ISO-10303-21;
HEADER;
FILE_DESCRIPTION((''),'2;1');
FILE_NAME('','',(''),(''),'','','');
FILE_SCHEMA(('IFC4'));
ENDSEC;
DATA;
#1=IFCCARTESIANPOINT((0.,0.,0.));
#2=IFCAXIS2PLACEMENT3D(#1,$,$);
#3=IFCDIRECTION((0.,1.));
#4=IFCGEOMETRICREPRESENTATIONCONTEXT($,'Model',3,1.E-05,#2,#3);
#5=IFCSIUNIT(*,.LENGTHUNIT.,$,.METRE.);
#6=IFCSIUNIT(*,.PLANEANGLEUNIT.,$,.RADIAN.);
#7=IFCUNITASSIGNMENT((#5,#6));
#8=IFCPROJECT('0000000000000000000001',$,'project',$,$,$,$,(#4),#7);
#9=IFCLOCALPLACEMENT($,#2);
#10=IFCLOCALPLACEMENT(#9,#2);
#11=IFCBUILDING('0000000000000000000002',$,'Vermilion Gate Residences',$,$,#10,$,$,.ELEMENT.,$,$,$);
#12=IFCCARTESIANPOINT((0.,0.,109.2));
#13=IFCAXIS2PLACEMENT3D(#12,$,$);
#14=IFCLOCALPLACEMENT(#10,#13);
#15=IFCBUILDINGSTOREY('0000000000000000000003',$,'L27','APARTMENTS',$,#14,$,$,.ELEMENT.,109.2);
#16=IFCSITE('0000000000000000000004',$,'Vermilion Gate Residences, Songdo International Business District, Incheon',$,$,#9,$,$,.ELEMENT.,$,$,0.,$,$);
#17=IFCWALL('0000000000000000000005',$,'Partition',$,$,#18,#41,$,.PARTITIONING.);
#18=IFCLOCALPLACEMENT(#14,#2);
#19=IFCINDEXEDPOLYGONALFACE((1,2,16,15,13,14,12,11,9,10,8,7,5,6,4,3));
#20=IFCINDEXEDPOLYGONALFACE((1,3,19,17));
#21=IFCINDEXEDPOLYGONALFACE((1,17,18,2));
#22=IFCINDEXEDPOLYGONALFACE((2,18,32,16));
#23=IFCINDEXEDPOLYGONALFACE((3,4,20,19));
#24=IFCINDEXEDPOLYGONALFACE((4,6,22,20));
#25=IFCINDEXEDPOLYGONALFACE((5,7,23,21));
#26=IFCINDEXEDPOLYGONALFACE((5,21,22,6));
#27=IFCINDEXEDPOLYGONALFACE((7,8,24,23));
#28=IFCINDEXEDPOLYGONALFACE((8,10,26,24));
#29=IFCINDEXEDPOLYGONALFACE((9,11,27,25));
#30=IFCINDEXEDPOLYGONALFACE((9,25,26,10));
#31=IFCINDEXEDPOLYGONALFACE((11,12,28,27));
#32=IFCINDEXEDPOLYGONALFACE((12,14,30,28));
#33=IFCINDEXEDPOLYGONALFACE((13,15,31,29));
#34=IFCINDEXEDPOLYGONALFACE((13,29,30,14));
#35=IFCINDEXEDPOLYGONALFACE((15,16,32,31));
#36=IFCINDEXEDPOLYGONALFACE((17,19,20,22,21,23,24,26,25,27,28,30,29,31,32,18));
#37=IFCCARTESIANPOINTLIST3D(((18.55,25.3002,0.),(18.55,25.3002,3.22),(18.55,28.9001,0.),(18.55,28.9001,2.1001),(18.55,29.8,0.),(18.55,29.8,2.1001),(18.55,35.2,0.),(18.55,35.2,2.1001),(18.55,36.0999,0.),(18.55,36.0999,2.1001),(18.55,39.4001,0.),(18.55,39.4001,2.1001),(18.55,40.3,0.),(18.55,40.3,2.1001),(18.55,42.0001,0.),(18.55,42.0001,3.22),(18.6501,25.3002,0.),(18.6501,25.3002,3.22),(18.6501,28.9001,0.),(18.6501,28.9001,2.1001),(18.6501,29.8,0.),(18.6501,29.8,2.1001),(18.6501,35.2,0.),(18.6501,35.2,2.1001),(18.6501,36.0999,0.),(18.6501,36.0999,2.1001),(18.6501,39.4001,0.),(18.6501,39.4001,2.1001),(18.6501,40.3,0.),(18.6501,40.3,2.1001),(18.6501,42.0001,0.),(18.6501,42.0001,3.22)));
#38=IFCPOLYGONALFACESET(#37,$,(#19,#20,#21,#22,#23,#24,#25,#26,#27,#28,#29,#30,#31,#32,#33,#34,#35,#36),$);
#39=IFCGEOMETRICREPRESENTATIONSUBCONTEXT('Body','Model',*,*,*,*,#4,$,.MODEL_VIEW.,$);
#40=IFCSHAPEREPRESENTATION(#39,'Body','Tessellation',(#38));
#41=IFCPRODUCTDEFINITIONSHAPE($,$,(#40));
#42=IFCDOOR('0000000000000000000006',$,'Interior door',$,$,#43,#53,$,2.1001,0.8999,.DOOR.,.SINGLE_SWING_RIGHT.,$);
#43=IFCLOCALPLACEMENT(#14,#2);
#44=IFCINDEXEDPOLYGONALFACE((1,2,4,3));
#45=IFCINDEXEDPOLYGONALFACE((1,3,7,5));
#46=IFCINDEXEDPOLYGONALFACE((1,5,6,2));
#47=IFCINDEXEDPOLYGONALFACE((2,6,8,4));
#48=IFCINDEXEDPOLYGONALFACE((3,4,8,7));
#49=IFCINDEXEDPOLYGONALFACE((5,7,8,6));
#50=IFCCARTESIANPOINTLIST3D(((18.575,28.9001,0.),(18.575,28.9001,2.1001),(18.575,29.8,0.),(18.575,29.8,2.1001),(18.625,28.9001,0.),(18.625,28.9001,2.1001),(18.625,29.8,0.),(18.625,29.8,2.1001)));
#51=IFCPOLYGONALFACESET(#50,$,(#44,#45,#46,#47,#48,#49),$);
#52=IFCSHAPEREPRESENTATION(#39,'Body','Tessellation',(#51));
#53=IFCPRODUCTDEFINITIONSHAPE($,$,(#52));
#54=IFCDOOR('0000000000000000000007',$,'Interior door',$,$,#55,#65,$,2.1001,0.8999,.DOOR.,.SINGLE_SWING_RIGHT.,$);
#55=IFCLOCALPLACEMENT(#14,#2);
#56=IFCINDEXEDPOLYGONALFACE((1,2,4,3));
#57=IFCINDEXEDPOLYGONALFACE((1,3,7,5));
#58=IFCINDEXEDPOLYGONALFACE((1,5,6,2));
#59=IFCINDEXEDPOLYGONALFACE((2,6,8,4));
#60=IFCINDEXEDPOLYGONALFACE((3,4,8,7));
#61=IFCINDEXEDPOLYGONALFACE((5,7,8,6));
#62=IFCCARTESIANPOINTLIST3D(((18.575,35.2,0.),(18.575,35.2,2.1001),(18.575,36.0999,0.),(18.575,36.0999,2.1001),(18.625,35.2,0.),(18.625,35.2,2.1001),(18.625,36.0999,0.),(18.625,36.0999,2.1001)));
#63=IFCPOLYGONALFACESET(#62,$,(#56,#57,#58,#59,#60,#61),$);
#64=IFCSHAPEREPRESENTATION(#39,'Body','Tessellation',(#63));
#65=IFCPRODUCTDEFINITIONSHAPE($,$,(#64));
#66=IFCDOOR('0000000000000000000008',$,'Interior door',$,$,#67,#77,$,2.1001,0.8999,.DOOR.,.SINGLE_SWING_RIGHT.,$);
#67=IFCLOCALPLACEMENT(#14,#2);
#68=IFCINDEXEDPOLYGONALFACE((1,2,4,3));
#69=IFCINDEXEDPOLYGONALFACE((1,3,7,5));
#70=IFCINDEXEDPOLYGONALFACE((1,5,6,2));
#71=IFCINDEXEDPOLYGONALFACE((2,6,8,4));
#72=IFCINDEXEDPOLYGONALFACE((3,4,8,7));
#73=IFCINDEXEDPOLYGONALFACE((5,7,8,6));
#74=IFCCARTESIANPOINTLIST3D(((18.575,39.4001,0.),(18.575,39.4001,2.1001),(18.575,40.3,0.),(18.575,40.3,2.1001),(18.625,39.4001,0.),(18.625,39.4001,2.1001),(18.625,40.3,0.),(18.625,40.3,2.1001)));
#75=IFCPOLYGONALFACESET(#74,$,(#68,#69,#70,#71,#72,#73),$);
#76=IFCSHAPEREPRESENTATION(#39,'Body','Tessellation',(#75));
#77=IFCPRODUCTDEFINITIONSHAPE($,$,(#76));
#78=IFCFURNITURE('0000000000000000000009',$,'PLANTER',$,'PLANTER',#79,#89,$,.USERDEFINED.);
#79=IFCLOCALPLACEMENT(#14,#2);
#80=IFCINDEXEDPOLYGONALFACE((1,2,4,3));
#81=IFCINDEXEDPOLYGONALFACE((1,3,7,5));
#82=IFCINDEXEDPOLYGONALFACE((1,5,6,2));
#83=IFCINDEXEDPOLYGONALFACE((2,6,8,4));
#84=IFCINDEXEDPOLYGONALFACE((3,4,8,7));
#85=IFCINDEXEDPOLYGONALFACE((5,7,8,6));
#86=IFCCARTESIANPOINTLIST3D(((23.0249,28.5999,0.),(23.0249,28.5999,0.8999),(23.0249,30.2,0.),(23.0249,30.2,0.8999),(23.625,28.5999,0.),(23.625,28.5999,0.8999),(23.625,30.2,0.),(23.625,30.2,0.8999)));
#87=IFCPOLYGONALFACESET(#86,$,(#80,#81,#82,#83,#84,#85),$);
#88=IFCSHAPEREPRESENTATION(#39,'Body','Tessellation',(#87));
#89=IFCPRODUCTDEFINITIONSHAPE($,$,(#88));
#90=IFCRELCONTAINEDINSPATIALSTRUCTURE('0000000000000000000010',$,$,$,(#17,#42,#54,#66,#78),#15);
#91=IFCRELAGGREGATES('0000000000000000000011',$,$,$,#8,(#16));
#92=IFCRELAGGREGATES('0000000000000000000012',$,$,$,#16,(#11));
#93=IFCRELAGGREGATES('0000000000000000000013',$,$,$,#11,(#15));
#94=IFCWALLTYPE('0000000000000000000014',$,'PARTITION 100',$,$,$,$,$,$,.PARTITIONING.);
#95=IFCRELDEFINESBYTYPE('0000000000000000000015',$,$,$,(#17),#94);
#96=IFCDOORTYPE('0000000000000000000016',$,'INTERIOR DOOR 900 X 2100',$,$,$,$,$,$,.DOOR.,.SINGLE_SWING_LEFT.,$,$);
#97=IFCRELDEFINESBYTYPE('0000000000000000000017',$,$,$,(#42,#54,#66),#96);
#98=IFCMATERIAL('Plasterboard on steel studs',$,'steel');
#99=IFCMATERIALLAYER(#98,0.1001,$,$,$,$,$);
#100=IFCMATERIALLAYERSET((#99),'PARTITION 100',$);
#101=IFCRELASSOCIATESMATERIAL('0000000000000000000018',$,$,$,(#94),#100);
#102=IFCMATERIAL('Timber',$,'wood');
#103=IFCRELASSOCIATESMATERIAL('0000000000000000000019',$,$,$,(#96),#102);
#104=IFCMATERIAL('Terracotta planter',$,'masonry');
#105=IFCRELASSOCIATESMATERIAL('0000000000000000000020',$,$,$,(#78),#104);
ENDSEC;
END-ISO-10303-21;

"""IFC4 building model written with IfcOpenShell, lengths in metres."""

from ifc_helpers import new_model, si_unit, direction, frame, frame_2d, origin, origin_2d, place, context, subcontext, project, spatial, rectangle, extrude, material, layer, layer_set, type_object, element, fill, save


model = new_model("IFC4")

# Units and contexts
model_context = context("Model", 3, precision=1e-05, world=origin(), true_north=direction((0.0, 1.0)))
body_context = subcontext(model_context, "Body", "Model", "MODEL_VIEW")
ifc_project = project(units=[si_unit("LENGTHUNIT", "METRE"), si_unit("PLANEANGLEUNIT", "RADIAN")], contexts=[model_context])

# Site, building, storey
site_placement = place(None, origin())
site = spatial("IfcSite", under=ifc_project, at=site_placement, Name="Vermilion Gate Residences, Songdo International Business District, Incheon", CompositionType="ELEMENT", RefElevation=0.0)
building_placement = place(site_placement, origin())
building = spatial("IfcBuilding", under=site, at=building_placement, Name="Vermilion Gate Residences", CompositionType="ELEMENT")
storey_placement = place(building_placement, frame((0.0, 0.0, 109.2)))
storey = spatial("IfcBuildingStorey", under=building, at=storey_placement, Name="L27", Description="APARTMENTS", CompositionType="ELEMENT", Elevation=109.2)

# Shared definitions
ifc_material_1 = material(Name="Plasterboard on steel studs", Category="steel")
ifc_layer = layer(ifc_material_1, 0.1001)
ifc_layer_set = layer_set([ifc_layer], Name="PARTITION 100")
wall_type = type_object("IfcWallType", Name="PARTITION 100", PredefinedType="PARTITIONING", material=ifc_layer_set)

# Wall, openings, doors
ifc_material_2 = material(Name="Timber", Category="wood")
door_type = type_object("IfcDoorType", Name="INTERIOR DOOR 900 X 2100", OperationType="SINGLE_SWING_LEFT", PredefinedType="DOOR", material=ifc_material_2)
wall_1_placement = place(storey_placement, frame((18.6001, 25.3, 0.0), z_axis=(0.0, 0.0, 1.0), x_axis=(0.0, 1.0, 0.0)))
wall_1 = element("IfcWall", 1, at=wall_1_placement, inside=storey, type_object=wall_type, Name="Partition", PredefinedType="PARTITIONING", context=body_context, shape_type="SweptSolid", body=[
    extrude(rectangle(XDim=16.7, YDim=0.1001, at=frame_2d((8.3501, 0.0))), origin(), (0.0, 0.0, 1.0), 3.22),
])
opening_1_placement = place(wall_1_placement, frame((3.6001, 0.0, 0.0)))
opening_1 = element("IfcOpeningElement", 2, at=opening_1_placement, cuts=wall_1, PredefinedType="OPENING", context=body_context, shape_type="SweptSolid", body=[
    extrude(rectangle(XDim=0.8999, YDim=2.1001, at=frame_2d((0.45, 1.05))), frame((0.0, 0.0601, 0.0), z_axis=(0.0, -1.0, 0.0), x_axis=(1.0, 0.0, 0.0)), (0.0, 0.0, 1.0), 0.1201),
])
opening_2_placement = place(wall_1_placement, frame((9.8999, 0.0, 0.0)))
opening_2 = element("IfcOpeningElement", 3, at=opening_2_placement, cuts=wall_1, PredefinedType="OPENING", context=body_context, shape_type="SweptSolid", body=[
    extrude(rectangle(XDim=0.8999, YDim=2.1001, at=frame_2d((0.45, 1.05))), frame((0.0, 0.0601, 0.0), z_axis=(0.0, -1.0, 0.0), x_axis=(1.0, 0.0, 0.0)), (0.0, 0.0, 1.0), 0.1201),
])
opening_3_placement = place(wall_1_placement, frame((14.1001, 0.0, 0.0)))
opening_3 = element("IfcOpeningElement", 4, at=opening_3_placement, cuts=wall_1, PredefinedType="OPENING", context=body_context, shape_type="SweptSolid", body=[
    extrude(rectangle(XDim=0.8999, YDim=2.1001, at=frame_2d((0.45, 1.05))), frame((0.0, 0.0601, 0.0), z_axis=(0.0, -1.0, 0.0), x_axis=(1.0, 0.0, 0.0)), (0.0, 0.0, 1.0), 0.1201),
])
door_1_placement = place(opening_1_placement, frame((0.8999, 0.0, 0.0), z_axis=(0.0, 0.0, 1.0), x_axis=(-1.0, 0.0, 0.0)))
door_1 = element("IfcDoor", 5, at=door_1_placement, inside=storey, type_object=door_type, Name="Interior door", OperationType="SINGLE_SWING_RIGHT", OverallHeight=2.1001, OverallWidth=0.8999, PredefinedType="DOOR", context=body_context, shape_type="SweptSolid", body=[
    extrude(rectangle(XDim=0.8999, YDim=2.1001, at=frame_2d((0.45, 1.05))), frame((0.0, 0.0249, 0.0), z_axis=(0.0, -1.0, 0.0), x_axis=(1.0, 0.0, 0.0)), (0.0, 0.0, 1.0), 0.05),
])
fill(opening_1, door_1)
door_2_placement = place(opening_2_placement, frame((0.8999, 0.0, 0.0), z_axis=(0.0, 0.0, 1.0), x_axis=(-1.0, 0.0, 0.0)))
door_2 = element("IfcDoor", 6, at=door_2_placement, inside=storey, type_object=door_type, Name="Interior door", OperationType="SINGLE_SWING_RIGHT", OverallHeight=2.1001, OverallWidth=0.8999, PredefinedType="DOOR", context=body_context, shape_type="SweptSolid", body=[
    extrude(rectangle(XDim=0.8999, YDim=2.1001, at=frame_2d((0.45, 1.05))), frame((0.0, 0.0249, 0.0), z_axis=(0.0, -1.0, 0.0), x_axis=(1.0, 0.0, 0.0)), (0.0, 0.0, 1.0), 0.05),
])
fill(opening_2, door_2)
door_3_placement = place(opening_3_placement, frame((0.8999, 0.0, 0.0), z_axis=(0.0, 0.0, 1.0), x_axis=(-1.0, 0.0, 0.0)))
door_3 = element("IfcDoor", 7, at=door_3_placement, inside=storey, type_object=door_type, Name="Interior door", OperationType="SINGLE_SWING_RIGHT", OverallHeight=2.1001, OverallWidth=0.8999, PredefinedType="DOOR", context=body_context, shape_type="SweptSolid", body=[
    extrude(rectangle(XDim=0.8999, YDim=2.1001, at=frame_2d((0.45, 1.05))), frame((0.0, 0.0249, 0.0), z_axis=(0.0, -1.0, 0.0), x_axis=(1.0, 0.0, 0.0)), (0.0, 0.0, 1.0), 0.05),
])
fill(opening_3, door_3)

# Furniture
ifc_material_3 = material(Name="Terracotta planter", Category="masonry")
furniture_placement = place(storey_placement, frame((23.325, 29.3999, 0.0), z_axis=(0.0, 0.0, 1.0), x_axis=(0.0, 1.0, 0.0)))
element("IfcFurniture", 8, at=furniture_placement, inside=storey, material=ifc_material_3, Name="PLANTER", ObjectType="PLANTER", PredefinedType="USERDEFINED", context=body_context, shape_type="SweptSolid", body=[
    extrude(rectangle(XDim=1.6001, YDim=0.6001, at=origin_2d()), origin(), (0.0, 0.0, 1.0), 0.8999),
])

save(model, "model.ifc")
